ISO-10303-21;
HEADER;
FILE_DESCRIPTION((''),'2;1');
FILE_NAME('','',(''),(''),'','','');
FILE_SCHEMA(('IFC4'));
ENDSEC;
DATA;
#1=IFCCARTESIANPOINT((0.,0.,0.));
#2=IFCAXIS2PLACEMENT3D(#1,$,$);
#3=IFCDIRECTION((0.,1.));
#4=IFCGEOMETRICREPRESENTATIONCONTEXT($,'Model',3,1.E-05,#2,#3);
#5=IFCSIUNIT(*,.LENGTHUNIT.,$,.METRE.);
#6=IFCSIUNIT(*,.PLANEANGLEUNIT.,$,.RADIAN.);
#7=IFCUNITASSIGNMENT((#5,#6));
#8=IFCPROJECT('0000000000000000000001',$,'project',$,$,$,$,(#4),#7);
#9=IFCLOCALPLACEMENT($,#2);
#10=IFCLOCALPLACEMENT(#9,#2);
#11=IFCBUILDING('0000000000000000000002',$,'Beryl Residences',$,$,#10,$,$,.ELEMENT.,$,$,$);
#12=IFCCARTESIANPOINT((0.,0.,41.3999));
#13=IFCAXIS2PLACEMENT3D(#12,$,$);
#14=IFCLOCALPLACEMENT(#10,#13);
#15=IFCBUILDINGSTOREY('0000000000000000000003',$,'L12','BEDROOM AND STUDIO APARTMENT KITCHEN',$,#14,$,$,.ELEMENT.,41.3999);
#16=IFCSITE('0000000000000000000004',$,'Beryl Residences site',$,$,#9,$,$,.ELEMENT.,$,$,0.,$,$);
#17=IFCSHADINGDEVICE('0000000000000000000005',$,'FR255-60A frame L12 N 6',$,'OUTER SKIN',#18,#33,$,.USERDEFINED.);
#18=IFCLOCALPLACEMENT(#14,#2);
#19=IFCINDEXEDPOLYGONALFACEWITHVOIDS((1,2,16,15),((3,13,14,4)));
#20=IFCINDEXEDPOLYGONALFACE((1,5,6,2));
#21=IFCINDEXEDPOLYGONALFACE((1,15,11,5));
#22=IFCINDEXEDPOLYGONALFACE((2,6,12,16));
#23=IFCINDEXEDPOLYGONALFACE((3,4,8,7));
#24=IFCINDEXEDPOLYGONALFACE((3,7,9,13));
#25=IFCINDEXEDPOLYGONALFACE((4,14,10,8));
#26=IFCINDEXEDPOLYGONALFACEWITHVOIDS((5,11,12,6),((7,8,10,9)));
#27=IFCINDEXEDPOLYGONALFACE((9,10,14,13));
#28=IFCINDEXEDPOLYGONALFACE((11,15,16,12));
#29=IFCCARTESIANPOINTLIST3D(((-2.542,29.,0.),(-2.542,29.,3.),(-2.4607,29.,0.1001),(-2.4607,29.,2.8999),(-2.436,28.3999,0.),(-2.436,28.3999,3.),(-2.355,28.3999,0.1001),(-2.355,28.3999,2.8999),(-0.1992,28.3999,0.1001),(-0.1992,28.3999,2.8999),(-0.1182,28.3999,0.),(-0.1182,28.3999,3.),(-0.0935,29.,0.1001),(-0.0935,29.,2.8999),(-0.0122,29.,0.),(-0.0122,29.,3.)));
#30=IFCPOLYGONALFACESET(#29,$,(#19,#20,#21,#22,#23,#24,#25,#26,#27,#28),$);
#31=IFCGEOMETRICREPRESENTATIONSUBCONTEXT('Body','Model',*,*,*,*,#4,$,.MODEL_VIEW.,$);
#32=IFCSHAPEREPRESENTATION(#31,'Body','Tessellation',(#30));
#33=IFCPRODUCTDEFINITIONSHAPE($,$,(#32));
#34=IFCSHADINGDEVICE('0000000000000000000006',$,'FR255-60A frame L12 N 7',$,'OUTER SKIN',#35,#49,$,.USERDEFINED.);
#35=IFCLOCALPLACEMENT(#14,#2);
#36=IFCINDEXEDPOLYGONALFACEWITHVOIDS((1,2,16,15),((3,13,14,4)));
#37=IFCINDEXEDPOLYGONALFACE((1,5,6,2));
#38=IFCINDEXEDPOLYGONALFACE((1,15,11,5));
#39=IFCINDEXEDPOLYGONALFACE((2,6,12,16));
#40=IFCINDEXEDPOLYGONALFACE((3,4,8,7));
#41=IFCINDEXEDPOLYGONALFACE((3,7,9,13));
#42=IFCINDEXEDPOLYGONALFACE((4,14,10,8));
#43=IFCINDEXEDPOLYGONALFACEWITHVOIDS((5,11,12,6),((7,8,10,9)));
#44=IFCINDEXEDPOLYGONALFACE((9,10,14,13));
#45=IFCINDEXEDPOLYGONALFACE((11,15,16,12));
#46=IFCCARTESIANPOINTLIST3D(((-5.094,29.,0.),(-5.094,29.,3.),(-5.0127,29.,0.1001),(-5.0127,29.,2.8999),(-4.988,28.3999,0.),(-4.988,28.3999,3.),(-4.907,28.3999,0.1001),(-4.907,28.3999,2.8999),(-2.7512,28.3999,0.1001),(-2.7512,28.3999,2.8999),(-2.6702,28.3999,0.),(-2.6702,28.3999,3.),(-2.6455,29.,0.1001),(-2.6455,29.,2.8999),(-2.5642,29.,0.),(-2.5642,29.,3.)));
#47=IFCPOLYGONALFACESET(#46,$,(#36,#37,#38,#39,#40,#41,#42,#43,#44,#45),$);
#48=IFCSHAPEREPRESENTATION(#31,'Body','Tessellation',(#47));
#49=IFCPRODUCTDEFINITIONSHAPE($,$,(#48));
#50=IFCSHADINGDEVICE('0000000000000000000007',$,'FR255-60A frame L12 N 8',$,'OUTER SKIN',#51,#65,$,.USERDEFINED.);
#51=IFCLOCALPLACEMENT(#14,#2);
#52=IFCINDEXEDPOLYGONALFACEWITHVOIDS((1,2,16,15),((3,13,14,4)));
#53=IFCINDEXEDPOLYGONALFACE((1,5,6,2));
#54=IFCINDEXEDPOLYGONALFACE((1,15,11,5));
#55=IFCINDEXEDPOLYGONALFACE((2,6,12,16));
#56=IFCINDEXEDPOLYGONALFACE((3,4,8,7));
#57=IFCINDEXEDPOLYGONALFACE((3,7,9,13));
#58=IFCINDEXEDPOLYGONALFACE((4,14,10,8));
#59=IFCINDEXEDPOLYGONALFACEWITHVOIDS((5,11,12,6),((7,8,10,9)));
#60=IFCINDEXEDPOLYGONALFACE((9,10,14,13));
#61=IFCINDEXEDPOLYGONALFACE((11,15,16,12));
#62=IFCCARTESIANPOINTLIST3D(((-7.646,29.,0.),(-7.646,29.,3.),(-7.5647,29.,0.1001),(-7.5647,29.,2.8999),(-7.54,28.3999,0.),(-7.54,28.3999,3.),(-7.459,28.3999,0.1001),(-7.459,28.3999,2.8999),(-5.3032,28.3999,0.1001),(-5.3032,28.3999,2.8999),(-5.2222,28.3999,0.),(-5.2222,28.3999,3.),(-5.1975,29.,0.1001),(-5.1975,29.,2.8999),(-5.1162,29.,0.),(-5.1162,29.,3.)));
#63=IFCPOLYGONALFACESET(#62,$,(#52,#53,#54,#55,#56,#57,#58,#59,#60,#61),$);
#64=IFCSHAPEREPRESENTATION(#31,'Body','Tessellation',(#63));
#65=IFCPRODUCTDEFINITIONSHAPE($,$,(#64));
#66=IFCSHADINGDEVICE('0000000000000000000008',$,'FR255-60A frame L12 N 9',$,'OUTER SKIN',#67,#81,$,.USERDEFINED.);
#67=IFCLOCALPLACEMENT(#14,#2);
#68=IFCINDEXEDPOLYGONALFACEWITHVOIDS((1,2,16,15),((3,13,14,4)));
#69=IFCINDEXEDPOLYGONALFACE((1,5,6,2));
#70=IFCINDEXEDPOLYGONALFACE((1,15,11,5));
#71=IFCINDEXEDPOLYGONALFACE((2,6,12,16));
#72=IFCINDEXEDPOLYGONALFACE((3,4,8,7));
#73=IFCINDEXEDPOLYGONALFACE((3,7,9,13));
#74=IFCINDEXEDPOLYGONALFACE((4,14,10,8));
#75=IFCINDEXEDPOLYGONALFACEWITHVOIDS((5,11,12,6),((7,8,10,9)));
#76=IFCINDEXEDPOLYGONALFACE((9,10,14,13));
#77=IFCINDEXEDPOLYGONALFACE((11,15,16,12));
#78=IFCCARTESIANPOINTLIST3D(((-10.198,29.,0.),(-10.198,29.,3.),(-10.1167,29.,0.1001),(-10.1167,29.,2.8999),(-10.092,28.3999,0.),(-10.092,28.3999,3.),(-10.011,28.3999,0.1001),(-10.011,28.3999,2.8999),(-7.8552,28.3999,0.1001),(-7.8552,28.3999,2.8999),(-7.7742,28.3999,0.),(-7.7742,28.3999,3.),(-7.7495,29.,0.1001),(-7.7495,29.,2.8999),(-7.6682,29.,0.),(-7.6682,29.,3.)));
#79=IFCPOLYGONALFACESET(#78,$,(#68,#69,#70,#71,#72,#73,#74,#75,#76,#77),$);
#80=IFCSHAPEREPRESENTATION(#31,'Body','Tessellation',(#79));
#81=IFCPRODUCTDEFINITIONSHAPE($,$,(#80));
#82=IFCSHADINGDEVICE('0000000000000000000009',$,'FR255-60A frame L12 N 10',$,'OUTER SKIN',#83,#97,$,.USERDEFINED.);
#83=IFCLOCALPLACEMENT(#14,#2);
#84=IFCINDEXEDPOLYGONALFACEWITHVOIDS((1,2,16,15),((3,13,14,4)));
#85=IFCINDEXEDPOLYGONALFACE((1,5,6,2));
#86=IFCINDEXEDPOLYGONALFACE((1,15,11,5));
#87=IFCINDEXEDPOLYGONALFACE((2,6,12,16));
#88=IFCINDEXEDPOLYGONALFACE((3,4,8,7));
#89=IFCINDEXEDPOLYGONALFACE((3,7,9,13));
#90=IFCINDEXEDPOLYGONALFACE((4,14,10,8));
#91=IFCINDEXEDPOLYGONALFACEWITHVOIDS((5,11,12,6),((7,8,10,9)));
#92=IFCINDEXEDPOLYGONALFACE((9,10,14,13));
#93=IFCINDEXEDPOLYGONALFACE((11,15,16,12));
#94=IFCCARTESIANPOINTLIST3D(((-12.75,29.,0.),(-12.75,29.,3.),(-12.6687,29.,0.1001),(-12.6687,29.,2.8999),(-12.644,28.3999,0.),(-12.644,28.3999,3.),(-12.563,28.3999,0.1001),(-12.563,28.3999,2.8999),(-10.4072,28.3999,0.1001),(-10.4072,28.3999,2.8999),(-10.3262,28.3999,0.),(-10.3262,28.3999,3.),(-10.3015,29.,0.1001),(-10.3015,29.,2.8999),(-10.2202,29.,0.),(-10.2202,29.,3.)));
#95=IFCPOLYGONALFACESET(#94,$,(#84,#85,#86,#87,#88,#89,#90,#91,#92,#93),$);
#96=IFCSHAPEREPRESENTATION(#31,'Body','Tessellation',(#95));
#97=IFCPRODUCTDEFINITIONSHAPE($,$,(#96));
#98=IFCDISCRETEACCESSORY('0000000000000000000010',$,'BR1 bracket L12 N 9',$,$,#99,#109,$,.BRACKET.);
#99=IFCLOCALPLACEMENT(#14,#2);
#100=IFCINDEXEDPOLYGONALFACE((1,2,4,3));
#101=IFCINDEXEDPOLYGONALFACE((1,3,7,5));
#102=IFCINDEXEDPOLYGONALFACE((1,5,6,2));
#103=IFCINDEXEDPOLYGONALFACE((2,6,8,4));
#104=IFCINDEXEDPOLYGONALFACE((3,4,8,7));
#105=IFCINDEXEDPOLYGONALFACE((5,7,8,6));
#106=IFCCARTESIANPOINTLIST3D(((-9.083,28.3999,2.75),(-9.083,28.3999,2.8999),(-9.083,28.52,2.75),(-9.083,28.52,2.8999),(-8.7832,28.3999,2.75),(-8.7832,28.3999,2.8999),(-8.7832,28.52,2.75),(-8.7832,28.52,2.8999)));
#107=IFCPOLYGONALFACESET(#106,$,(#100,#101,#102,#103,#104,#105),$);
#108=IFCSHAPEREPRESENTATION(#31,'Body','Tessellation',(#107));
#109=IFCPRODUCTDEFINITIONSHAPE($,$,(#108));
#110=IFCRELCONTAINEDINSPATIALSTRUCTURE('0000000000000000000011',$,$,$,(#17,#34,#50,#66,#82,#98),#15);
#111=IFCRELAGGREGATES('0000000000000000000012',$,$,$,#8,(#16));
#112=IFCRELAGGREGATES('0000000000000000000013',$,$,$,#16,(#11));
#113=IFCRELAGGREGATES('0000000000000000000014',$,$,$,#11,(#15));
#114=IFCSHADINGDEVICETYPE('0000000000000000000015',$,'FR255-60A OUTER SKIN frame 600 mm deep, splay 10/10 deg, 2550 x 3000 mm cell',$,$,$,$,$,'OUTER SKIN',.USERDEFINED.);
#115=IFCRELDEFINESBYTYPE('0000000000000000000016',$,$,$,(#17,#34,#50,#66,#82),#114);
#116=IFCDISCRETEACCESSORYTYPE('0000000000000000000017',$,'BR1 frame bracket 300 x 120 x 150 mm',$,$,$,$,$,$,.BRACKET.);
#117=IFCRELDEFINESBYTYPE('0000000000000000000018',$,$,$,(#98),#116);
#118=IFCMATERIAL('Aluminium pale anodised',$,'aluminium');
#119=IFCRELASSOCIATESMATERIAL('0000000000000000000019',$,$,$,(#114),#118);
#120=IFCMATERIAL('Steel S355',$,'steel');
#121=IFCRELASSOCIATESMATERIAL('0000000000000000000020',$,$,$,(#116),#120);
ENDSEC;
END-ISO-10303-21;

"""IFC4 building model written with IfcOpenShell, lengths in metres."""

from ifc_helpers import new_model, entity, si_unit, direction, frame, origin, place, context, subcontext, project, spatial, polyline, outline, extrude, source, transform, mapped, material, type_object, type_shapes, element, save


model = new_model("IFC4")

# Units and contexts
model_context = context("Model", 3, precision=1e-05, world=origin(), true_north=direction((0.0, 1.0)))
body_context = subcontext(model_context, "Body", "Model", "MODEL_VIEW")
ifc_project = project(units=[si_unit("LENGTHUNIT", "METRE"), si_unit("PLANEANGLEUNIT", "RADIAN")], contexts=[model_context])

# Site, building, storey
site_placement = place(None, origin())
site = spatial("IfcSite", under=ifc_project, at=site_placement, Name="Beryl Residences site", CompositionType="ELEMENT", RefElevation=0.0)
building_placement = place(site_placement, origin())
building = spatial("IfcBuilding", under=site, at=building_placement, Name="Beryl Residences", CompositionType="ELEMENT")
storey_placement = place(building_placement, frame((0.0, 0.0, 41.3999)))
storey = spatial("IfcBuildingStorey", under=building, at=storey_placement, Name="L12", Description="BEDROOM AND STUDIO APARTMENT KITCHEN", CompositionType="ELEMENT", Elevation=41.3999)

# Shading devices
ifc_material_1 = material(Name="Aluminium pale anodised", Category="aluminium")
shading_device_type = type_object("IfcShadingDeviceType", Name="FR255-60A OUTER SKIN frame 600 mm deep, splay 10/10 deg, 2550 x 3000 mm cell", ElementType="OUTER SKIN", PredefinedType="USERDEFINED", material=ifc_material_1)
cartesian_point_1 = entity("IfcCartesianPoint", [-1.1589, 0.0])
cartesian_point_2 = entity("IfcCartesianPoint", [-1.0779, 0.1001])
cartesian_point_3 = entity("IfcCartesianPoint", [-1.2649, 0.0])
cartesian_point_4 = entity("IfcCartesianPoint", [-1.1836, 0.1001])
shared_shape_1 = source(origin(), body_context, "Body", "SweptSolid", [
    entity("IfcExtrudedAreaSolidTapered", entity("IfcArbitraryProfileDefWithVoids", "AREA", None, entity("IfcPolyline", [cartesian_point_1, entity("IfcCartesianPoint", [1.1589, 0.0]), entity("IfcCartesianPoint", [1.1589, 3.0]), entity("IfcCartesianPoint", [-1.1589, 3.0]), cartesian_point_1]), [entity("IfcPolyline", [cartesian_point_2, entity("IfcCartesianPoint", [1.0779, 0.1001]), entity("IfcCartesianPoint", [1.0779, 2.8999]), entity("IfcCartesianPoint", [-1.0779, 2.8999]), cartesian_point_2])]), entity("IfcAxis2Placement3D", entity("IfcCartesianPoint", [0.0, 0.0, 0.0]), entity("IfcDirection", [0.0, 1.0, 0.0]), entity("IfcDirection", [-1.0, 0.0, 0.0])), entity("IfcDirection", [0.0, 0.0, 1.0]), 0.6001, entity("IfcArbitraryProfileDefWithVoids", "AREA", None, entity("IfcPolyline", [cartesian_point_3, entity("IfcCartesianPoint", [1.2649, 0.0]), entity("IfcCartesianPoint", [1.2649, 3.0]), entity("IfcCartesianPoint", [-1.2649, 3.0]), cartesian_point_3]), [entity("IfcPolyline", [cartesian_point_4, entity("IfcCartesianPoint", [1.1836, 0.1001]), entity("IfcCartesianPoint", [1.1836, 2.8999]), entity("IfcCartesianPoint", [-1.1836, 2.8999]), cartesian_point_4])])),
])
type_shapes(shading_device_type, [shared_shape_1])
for number, where, z_axis, x_axis, name in (
    (1, (-1.2771, 28.3999, 0.0), (0.0, 0.0, 1.0), (1.0, 0.0, 0.0), "FR255-60A frame L12 N 6"),
    (2, (-3.8291, 28.3999, 0.0), (0.0, 0.0, 1.0), (1.0, 0.0, 0.0), "FR255-60A frame L12 N 7"),
    (3, (-6.3811, 28.3999, 0.0), (0.0, 0.0, 1.0), (1.0, 0.0, 0.0), "FR255-60A frame L12 N 8"),
    (4, (-8.9331, 28.3999, 0.0), (0.0, 0.0, 1.0), (1.0, 0.0, 0.0), "FR255-60A frame L12 N 9"),
    (5, (-11.4851, 28.3999, 0.0), (0.0, 0.0, 1.0), (1.0, 0.0, 0.0), "FR255-60A frame L12 N 10"),
):
    element("IfcShadingDevice", number, at=place(storey_placement, frame(where, z_axis=z_axis, x_axis=x_axis)), inside=storey, type_object=shading_device_type, Name=name, ObjectType="OUTER SKIN", PredefinedType="USERDEFINED", context=body_context, shape_type="MappedRepresentation", body=[
        mapped(shared_shape_1, transform((0.0, 0.0, 0.0))),
    ])

# Discrete accessory
ifc_material_2 = material(Name="Steel S355", Category="steel")
discrete_accessory_type = type_object("IfcDiscreteAccessoryType", Name="BR1 frame bracket 300 x 120 x 150 mm", PredefinedType="BRACKET", material=ifc_material_2)
shared_shape_2 = source(origin(), body_context, "Body", "SweptSolid", [
    extrude(outline(polyline([(-0.1499, 0.0), (0.1499, 0.0), (0.1499, 0.1201), (-0.1499, 0.1201), (-0.1499, 0.0)])), origin(), (0.0, 0.0, 1.0), 0.1499),
])
type_shapes(discrete_accessory_type, [shared_shape_2])
discrete_accessory_placement = place(storey_placement, frame((-8.9331, 28.3999, 2.75), z_axis=(0.0, 0.0, 1.0), x_axis=(1.0, 0.0, 0.0)))
element("IfcDiscreteAccessory", 6, at=discrete_accessory_placement, inside=storey, type_object=discrete_accessory_type, Name="BR1 bracket L12 N 9", PredefinedType="BRACKET", context=body_context, shape_type="MappedRepresentation", body=[
    mapped(shared_shape_2, transform((0.0, 0.0, 0.0))),
])

save(model, "model.ifc")
